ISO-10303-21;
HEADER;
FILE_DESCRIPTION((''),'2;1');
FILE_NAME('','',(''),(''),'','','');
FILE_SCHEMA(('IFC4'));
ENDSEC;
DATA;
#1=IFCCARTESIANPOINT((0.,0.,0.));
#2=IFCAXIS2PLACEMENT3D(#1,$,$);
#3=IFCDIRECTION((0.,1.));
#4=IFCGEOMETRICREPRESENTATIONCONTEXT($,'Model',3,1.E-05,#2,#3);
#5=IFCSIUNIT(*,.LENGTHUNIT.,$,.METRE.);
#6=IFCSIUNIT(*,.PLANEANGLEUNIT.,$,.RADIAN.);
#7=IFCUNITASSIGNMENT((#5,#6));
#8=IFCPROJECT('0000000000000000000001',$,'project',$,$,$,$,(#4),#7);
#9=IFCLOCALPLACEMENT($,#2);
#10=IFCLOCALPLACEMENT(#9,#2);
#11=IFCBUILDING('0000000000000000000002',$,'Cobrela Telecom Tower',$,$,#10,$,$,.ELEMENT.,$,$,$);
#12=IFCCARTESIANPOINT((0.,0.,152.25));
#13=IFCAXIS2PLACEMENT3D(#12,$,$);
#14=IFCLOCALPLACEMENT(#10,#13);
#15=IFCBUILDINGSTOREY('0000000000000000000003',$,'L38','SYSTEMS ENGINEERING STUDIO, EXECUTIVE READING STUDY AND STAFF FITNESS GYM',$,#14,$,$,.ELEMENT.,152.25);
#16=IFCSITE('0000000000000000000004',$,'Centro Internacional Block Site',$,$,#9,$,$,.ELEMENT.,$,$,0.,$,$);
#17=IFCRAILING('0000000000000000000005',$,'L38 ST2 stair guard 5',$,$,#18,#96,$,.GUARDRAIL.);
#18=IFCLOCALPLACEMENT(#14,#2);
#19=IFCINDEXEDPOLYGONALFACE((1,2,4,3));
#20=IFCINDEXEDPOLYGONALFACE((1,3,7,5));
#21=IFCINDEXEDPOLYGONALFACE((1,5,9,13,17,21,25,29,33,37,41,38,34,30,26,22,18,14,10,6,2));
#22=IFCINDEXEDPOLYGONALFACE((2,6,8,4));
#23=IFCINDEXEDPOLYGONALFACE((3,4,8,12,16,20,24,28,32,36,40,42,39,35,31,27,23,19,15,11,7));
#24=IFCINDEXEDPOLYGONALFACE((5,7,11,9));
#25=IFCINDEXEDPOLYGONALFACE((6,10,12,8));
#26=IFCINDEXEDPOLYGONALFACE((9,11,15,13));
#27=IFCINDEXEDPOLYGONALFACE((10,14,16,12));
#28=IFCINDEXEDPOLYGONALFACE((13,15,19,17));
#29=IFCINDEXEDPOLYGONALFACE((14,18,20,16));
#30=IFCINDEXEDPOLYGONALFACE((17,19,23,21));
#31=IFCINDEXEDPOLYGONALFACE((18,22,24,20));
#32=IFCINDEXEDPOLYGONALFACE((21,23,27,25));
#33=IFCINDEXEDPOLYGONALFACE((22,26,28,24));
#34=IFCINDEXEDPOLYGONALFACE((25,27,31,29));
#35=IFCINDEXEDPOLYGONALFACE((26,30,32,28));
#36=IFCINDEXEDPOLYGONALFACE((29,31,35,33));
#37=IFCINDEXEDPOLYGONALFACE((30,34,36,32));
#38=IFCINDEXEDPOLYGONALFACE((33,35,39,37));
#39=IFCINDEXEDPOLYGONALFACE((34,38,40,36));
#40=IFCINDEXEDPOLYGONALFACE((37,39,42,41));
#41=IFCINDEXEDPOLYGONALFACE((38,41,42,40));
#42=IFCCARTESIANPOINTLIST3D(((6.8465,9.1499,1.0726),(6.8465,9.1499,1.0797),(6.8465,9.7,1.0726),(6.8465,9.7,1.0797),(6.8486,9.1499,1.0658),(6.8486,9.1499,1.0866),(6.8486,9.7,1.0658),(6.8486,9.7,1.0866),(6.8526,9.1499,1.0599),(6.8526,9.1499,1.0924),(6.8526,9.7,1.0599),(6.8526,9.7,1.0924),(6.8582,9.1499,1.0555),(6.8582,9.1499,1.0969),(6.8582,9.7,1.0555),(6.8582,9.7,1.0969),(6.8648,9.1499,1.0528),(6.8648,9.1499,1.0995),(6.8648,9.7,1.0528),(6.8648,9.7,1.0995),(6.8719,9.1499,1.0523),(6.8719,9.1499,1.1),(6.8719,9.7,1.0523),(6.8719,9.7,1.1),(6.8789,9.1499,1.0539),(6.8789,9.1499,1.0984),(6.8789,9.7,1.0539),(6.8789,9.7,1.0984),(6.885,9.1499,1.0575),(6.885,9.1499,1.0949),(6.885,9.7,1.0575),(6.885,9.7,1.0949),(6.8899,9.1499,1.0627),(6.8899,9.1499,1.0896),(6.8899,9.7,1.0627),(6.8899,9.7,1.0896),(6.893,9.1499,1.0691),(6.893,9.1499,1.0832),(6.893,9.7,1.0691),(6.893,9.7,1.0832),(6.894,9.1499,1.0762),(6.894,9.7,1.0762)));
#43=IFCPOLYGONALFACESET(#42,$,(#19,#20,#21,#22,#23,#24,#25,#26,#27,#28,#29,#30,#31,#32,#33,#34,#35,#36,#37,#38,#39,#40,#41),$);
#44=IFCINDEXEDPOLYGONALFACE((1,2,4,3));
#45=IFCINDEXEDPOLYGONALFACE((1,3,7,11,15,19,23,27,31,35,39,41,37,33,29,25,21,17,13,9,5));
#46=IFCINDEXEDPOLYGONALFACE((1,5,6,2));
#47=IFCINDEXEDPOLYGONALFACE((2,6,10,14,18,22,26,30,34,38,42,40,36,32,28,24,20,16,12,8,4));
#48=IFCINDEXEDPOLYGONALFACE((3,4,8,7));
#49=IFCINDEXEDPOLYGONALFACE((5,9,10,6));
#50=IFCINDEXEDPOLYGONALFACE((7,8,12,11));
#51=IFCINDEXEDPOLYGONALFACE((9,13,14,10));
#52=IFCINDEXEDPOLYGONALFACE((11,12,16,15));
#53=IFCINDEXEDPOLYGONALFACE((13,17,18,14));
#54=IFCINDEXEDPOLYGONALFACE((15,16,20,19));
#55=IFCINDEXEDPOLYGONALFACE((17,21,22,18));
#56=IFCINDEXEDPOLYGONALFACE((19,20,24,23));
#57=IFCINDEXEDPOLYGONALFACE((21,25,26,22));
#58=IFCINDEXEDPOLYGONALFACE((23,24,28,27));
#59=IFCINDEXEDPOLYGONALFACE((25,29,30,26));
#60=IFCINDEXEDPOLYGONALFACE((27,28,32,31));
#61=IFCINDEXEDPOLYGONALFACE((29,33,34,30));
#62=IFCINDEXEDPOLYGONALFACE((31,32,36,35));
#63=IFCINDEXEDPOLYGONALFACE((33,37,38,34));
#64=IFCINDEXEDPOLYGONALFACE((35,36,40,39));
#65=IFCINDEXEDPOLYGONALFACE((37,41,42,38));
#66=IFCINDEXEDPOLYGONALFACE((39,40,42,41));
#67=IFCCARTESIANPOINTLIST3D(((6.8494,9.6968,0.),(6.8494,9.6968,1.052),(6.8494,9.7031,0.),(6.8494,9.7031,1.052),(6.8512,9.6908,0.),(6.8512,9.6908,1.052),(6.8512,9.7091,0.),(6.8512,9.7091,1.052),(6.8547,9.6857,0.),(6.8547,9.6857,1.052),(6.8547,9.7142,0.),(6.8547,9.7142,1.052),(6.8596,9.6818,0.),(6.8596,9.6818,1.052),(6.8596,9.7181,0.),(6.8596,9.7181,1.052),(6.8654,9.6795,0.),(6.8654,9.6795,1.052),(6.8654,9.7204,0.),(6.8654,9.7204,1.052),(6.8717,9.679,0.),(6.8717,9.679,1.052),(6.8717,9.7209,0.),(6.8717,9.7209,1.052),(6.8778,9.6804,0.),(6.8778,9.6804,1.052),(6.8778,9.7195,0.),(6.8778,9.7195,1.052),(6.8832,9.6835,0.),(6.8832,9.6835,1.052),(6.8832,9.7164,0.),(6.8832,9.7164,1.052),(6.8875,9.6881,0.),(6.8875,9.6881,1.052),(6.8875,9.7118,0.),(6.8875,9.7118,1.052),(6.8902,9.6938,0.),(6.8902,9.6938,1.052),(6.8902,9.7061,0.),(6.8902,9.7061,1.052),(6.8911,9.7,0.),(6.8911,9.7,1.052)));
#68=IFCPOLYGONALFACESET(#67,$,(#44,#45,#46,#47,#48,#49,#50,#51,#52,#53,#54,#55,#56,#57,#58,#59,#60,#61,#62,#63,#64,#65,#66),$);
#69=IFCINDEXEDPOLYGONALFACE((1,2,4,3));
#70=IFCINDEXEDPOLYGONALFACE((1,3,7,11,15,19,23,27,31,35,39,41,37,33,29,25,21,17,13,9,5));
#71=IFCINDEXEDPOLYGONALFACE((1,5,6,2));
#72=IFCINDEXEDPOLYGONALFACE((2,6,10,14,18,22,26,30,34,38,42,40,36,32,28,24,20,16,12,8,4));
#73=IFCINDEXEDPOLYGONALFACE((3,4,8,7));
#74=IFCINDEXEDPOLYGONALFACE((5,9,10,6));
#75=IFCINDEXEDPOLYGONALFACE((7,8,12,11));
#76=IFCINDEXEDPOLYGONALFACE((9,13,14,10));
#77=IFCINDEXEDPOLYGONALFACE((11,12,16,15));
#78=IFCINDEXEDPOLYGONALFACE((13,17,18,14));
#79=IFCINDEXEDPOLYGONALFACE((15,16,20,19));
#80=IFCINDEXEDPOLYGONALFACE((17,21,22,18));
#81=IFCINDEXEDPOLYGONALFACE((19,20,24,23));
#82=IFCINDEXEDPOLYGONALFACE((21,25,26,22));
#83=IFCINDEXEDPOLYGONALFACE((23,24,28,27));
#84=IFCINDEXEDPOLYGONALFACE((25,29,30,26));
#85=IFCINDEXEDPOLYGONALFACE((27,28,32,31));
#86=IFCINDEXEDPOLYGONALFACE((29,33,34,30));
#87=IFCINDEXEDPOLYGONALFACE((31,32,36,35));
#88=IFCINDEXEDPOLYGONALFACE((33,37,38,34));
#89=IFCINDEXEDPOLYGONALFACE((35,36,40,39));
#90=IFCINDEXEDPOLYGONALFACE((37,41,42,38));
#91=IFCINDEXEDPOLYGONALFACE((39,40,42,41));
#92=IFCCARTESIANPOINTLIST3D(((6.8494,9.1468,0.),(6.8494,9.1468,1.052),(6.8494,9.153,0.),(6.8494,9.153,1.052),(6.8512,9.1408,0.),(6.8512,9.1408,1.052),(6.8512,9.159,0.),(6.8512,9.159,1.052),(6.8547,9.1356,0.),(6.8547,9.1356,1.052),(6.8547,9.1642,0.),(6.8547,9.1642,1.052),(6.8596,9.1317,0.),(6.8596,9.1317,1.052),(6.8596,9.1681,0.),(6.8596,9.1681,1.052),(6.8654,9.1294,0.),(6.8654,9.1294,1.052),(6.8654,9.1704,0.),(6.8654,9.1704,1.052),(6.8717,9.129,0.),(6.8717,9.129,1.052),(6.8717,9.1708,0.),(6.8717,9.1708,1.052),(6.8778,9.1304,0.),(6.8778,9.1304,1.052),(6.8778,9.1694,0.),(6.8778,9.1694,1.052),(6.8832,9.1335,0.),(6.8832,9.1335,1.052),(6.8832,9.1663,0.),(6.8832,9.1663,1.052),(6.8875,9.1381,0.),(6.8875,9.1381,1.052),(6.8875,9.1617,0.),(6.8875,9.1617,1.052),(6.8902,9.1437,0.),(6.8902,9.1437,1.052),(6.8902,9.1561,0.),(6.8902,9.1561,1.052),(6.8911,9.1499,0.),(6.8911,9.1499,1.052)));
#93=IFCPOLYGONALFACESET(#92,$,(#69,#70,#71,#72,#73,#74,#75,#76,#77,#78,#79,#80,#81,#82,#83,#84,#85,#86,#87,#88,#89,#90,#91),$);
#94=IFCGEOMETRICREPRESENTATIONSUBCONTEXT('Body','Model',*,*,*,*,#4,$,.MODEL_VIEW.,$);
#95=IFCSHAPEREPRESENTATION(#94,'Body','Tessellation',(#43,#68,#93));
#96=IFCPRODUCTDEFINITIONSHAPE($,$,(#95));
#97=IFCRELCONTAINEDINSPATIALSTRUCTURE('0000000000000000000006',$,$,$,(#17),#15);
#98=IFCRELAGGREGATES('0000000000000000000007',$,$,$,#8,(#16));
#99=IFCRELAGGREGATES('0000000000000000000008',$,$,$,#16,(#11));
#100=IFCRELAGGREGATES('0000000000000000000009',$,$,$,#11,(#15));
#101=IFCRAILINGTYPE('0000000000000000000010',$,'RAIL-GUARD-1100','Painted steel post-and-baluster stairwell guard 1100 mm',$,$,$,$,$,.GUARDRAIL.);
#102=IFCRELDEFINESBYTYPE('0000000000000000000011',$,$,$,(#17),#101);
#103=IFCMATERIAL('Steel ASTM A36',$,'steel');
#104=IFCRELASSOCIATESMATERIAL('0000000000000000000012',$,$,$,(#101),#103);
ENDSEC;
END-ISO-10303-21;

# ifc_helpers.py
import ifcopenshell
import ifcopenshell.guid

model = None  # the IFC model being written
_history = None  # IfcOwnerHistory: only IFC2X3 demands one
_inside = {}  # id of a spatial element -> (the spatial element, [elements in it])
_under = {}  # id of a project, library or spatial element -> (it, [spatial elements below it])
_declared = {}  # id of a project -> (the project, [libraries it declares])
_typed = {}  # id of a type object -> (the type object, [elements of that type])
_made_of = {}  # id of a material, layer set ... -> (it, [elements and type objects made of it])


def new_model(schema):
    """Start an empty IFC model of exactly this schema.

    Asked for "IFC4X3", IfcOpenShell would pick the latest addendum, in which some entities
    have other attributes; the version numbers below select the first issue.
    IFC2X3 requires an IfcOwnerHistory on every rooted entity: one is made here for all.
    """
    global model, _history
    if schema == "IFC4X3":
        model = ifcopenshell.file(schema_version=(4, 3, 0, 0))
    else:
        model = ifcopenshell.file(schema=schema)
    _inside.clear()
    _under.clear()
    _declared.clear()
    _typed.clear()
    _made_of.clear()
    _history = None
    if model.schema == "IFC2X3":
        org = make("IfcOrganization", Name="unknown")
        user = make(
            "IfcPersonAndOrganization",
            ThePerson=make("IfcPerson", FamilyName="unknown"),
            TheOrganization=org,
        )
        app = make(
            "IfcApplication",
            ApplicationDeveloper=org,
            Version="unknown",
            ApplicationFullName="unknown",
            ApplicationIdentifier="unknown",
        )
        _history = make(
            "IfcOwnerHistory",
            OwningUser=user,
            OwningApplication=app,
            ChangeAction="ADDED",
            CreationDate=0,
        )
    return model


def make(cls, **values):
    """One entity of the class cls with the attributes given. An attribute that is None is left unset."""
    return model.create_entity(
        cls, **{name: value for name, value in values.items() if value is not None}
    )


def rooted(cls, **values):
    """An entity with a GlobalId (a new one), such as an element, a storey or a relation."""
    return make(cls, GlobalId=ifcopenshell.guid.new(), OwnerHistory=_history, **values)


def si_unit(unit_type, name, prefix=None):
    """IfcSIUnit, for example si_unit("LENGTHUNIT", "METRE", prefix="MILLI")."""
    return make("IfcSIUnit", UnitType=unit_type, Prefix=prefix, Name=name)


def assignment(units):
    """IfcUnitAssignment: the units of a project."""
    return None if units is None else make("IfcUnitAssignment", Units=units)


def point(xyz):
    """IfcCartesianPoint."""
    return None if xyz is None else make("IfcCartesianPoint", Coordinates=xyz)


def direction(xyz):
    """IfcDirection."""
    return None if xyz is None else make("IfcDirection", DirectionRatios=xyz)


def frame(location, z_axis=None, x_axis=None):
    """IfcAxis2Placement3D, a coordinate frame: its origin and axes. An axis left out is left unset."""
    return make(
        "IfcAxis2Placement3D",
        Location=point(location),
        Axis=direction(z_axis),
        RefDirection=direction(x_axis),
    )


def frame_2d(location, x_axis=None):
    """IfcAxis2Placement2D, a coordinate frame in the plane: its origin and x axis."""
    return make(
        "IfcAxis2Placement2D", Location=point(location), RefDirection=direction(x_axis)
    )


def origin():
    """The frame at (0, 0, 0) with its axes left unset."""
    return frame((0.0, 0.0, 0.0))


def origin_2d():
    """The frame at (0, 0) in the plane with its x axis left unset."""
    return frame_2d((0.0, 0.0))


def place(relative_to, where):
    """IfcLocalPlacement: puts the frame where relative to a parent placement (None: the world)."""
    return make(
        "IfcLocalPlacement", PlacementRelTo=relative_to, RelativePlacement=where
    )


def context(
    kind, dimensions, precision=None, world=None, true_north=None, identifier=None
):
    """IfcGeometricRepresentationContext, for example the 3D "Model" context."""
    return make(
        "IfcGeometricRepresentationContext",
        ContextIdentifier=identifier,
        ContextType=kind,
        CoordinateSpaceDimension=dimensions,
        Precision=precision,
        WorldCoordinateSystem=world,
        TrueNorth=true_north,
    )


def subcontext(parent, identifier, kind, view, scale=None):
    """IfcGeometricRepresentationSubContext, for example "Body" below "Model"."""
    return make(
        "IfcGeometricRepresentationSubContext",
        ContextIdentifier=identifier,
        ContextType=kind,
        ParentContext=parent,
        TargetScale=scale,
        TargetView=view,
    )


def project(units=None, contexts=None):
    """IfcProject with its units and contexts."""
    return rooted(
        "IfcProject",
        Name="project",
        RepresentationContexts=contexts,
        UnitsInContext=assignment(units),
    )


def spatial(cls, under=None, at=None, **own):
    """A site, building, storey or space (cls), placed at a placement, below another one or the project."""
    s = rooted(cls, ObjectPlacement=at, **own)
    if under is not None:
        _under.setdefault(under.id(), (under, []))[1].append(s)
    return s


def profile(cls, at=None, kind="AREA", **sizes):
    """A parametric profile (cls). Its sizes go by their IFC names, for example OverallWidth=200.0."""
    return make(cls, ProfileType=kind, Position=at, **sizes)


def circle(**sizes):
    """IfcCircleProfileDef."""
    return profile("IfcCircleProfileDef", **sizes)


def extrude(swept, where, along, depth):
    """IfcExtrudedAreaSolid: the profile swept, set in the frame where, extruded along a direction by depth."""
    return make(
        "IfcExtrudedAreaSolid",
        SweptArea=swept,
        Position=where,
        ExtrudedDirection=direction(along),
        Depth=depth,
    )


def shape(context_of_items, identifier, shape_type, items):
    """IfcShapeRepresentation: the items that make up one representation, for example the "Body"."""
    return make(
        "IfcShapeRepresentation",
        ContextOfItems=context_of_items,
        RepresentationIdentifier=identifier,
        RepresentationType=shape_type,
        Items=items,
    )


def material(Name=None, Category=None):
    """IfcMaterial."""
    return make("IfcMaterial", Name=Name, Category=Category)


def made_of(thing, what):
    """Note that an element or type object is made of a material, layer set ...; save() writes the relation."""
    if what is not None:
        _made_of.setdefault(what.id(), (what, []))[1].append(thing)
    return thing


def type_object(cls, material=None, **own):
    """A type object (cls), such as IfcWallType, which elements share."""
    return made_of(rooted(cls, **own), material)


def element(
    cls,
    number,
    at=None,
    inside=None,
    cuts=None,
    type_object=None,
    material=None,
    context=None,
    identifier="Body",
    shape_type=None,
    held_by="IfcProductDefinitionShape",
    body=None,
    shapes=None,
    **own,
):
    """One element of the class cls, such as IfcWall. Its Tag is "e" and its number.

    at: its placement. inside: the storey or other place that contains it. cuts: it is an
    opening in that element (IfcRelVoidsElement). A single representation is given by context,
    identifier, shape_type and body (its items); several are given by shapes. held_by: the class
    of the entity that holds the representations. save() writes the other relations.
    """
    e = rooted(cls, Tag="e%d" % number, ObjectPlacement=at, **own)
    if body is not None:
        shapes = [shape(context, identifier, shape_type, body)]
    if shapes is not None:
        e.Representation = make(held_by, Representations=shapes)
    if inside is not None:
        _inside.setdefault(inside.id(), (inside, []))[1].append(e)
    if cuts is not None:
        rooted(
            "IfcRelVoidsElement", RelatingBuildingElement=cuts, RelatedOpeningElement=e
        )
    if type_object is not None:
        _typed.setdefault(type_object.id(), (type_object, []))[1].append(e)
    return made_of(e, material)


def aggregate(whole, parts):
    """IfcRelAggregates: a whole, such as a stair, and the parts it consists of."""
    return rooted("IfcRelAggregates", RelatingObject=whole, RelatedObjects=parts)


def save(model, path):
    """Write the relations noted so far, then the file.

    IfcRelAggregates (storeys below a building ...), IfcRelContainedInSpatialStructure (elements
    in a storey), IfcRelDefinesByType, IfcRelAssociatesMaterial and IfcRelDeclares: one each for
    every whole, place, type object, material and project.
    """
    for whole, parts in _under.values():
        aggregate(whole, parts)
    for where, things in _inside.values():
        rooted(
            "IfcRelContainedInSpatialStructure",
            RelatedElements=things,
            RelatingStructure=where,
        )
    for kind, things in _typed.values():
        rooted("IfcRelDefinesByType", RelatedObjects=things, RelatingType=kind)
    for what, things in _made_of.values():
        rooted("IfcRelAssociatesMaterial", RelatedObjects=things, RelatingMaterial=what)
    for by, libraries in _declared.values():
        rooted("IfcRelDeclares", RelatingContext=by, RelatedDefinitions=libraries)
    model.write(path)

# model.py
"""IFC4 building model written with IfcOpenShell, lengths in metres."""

from ifc_helpers import new_model, si_unit, direction, frame, origin, origin_2d, place, context, subcontext, project, spatial, circle, extrude, material, type_object, element, save


model = new_model("IFC4")

# Units and contexts
model_context = context("Model", 3, precision=1e-05, world=origin(), true_north=direction((0.0, 1.0)))
body_context = subcontext(model_context, "Body", "Model", "MODEL_VIEW")
ifc_project = project(units=[si_unit("LENGTHUNIT", "METRE"), si_unit("PLANEANGLEUNIT", "RADIAN")], contexts=[model_context])

# Site, building, storey
site_placement = place(None, origin())
site = spatial("IfcSite", under=ifc_project, at=site_placement, Name="Centro Internacional Block Site", CompositionType="ELEMENT", RefElevation=0.0)
building_placement = place(site_placement, origin())
building = spatial("IfcBuilding", under=site, at=building_placement, Name="Cobrela Telecom Tower", CompositionType="ELEMENT")
storey_placement = place(building_placement, frame((0.0, 0.0, 152.25)))
storey = spatial("IfcBuildingStorey", under=building, at=storey_placement, Name="L38", Description="SYSTEMS ENGINEERING STUDIO, EXECUTIVE READING STUDY AND STAFF FITNESS GYM", CompositionType="ELEMENT", Elevation=152.25)

# Shared definitions
ifc_material_1 = material(Name="Steel ASTM A36", Category="steel")

# Railing
railing_type_1 = type_object("IfcRailingType", Name="RAIL-GUARD-1100", Description="Painted steel post-and-baluster stairwell guard 1100 mm", PredefinedType="GUARDRAIL", material=ifc_material_1)
railing_1_placement = place(storey_placement, frame((6.8701, 9.7, 0.0)))
element("IfcRailing", 1, at=railing_1_placement, inside=storey, type_object=railing_type_1, Name="L38 ST2 stair guard 5", PredefinedType="GUARDRAIL", context=body_context, shape_type="SweptSolid", body=[
    extrude(circle(Radius=0.0239, at=origin_2d()), frame((0.0, 0.0, 1.0762), z_axis=(0.0, -1.0, 0.0), x_axis=(1.0, 0.0, 0.0)), (0.0, 0.0, 1.0), 0.55),
    extrude(circle(Radius=0.021, at=origin_2d()), origin(), (0.0, 0.0, 1.0), 1.052),
    extrude(circle(Radius=0.021, at=origin_2d()), frame((0.0, -0.55, 0.0)), (0.0, 0.0, 1.0), 1.052),
])

save(model, "model.ifc")
